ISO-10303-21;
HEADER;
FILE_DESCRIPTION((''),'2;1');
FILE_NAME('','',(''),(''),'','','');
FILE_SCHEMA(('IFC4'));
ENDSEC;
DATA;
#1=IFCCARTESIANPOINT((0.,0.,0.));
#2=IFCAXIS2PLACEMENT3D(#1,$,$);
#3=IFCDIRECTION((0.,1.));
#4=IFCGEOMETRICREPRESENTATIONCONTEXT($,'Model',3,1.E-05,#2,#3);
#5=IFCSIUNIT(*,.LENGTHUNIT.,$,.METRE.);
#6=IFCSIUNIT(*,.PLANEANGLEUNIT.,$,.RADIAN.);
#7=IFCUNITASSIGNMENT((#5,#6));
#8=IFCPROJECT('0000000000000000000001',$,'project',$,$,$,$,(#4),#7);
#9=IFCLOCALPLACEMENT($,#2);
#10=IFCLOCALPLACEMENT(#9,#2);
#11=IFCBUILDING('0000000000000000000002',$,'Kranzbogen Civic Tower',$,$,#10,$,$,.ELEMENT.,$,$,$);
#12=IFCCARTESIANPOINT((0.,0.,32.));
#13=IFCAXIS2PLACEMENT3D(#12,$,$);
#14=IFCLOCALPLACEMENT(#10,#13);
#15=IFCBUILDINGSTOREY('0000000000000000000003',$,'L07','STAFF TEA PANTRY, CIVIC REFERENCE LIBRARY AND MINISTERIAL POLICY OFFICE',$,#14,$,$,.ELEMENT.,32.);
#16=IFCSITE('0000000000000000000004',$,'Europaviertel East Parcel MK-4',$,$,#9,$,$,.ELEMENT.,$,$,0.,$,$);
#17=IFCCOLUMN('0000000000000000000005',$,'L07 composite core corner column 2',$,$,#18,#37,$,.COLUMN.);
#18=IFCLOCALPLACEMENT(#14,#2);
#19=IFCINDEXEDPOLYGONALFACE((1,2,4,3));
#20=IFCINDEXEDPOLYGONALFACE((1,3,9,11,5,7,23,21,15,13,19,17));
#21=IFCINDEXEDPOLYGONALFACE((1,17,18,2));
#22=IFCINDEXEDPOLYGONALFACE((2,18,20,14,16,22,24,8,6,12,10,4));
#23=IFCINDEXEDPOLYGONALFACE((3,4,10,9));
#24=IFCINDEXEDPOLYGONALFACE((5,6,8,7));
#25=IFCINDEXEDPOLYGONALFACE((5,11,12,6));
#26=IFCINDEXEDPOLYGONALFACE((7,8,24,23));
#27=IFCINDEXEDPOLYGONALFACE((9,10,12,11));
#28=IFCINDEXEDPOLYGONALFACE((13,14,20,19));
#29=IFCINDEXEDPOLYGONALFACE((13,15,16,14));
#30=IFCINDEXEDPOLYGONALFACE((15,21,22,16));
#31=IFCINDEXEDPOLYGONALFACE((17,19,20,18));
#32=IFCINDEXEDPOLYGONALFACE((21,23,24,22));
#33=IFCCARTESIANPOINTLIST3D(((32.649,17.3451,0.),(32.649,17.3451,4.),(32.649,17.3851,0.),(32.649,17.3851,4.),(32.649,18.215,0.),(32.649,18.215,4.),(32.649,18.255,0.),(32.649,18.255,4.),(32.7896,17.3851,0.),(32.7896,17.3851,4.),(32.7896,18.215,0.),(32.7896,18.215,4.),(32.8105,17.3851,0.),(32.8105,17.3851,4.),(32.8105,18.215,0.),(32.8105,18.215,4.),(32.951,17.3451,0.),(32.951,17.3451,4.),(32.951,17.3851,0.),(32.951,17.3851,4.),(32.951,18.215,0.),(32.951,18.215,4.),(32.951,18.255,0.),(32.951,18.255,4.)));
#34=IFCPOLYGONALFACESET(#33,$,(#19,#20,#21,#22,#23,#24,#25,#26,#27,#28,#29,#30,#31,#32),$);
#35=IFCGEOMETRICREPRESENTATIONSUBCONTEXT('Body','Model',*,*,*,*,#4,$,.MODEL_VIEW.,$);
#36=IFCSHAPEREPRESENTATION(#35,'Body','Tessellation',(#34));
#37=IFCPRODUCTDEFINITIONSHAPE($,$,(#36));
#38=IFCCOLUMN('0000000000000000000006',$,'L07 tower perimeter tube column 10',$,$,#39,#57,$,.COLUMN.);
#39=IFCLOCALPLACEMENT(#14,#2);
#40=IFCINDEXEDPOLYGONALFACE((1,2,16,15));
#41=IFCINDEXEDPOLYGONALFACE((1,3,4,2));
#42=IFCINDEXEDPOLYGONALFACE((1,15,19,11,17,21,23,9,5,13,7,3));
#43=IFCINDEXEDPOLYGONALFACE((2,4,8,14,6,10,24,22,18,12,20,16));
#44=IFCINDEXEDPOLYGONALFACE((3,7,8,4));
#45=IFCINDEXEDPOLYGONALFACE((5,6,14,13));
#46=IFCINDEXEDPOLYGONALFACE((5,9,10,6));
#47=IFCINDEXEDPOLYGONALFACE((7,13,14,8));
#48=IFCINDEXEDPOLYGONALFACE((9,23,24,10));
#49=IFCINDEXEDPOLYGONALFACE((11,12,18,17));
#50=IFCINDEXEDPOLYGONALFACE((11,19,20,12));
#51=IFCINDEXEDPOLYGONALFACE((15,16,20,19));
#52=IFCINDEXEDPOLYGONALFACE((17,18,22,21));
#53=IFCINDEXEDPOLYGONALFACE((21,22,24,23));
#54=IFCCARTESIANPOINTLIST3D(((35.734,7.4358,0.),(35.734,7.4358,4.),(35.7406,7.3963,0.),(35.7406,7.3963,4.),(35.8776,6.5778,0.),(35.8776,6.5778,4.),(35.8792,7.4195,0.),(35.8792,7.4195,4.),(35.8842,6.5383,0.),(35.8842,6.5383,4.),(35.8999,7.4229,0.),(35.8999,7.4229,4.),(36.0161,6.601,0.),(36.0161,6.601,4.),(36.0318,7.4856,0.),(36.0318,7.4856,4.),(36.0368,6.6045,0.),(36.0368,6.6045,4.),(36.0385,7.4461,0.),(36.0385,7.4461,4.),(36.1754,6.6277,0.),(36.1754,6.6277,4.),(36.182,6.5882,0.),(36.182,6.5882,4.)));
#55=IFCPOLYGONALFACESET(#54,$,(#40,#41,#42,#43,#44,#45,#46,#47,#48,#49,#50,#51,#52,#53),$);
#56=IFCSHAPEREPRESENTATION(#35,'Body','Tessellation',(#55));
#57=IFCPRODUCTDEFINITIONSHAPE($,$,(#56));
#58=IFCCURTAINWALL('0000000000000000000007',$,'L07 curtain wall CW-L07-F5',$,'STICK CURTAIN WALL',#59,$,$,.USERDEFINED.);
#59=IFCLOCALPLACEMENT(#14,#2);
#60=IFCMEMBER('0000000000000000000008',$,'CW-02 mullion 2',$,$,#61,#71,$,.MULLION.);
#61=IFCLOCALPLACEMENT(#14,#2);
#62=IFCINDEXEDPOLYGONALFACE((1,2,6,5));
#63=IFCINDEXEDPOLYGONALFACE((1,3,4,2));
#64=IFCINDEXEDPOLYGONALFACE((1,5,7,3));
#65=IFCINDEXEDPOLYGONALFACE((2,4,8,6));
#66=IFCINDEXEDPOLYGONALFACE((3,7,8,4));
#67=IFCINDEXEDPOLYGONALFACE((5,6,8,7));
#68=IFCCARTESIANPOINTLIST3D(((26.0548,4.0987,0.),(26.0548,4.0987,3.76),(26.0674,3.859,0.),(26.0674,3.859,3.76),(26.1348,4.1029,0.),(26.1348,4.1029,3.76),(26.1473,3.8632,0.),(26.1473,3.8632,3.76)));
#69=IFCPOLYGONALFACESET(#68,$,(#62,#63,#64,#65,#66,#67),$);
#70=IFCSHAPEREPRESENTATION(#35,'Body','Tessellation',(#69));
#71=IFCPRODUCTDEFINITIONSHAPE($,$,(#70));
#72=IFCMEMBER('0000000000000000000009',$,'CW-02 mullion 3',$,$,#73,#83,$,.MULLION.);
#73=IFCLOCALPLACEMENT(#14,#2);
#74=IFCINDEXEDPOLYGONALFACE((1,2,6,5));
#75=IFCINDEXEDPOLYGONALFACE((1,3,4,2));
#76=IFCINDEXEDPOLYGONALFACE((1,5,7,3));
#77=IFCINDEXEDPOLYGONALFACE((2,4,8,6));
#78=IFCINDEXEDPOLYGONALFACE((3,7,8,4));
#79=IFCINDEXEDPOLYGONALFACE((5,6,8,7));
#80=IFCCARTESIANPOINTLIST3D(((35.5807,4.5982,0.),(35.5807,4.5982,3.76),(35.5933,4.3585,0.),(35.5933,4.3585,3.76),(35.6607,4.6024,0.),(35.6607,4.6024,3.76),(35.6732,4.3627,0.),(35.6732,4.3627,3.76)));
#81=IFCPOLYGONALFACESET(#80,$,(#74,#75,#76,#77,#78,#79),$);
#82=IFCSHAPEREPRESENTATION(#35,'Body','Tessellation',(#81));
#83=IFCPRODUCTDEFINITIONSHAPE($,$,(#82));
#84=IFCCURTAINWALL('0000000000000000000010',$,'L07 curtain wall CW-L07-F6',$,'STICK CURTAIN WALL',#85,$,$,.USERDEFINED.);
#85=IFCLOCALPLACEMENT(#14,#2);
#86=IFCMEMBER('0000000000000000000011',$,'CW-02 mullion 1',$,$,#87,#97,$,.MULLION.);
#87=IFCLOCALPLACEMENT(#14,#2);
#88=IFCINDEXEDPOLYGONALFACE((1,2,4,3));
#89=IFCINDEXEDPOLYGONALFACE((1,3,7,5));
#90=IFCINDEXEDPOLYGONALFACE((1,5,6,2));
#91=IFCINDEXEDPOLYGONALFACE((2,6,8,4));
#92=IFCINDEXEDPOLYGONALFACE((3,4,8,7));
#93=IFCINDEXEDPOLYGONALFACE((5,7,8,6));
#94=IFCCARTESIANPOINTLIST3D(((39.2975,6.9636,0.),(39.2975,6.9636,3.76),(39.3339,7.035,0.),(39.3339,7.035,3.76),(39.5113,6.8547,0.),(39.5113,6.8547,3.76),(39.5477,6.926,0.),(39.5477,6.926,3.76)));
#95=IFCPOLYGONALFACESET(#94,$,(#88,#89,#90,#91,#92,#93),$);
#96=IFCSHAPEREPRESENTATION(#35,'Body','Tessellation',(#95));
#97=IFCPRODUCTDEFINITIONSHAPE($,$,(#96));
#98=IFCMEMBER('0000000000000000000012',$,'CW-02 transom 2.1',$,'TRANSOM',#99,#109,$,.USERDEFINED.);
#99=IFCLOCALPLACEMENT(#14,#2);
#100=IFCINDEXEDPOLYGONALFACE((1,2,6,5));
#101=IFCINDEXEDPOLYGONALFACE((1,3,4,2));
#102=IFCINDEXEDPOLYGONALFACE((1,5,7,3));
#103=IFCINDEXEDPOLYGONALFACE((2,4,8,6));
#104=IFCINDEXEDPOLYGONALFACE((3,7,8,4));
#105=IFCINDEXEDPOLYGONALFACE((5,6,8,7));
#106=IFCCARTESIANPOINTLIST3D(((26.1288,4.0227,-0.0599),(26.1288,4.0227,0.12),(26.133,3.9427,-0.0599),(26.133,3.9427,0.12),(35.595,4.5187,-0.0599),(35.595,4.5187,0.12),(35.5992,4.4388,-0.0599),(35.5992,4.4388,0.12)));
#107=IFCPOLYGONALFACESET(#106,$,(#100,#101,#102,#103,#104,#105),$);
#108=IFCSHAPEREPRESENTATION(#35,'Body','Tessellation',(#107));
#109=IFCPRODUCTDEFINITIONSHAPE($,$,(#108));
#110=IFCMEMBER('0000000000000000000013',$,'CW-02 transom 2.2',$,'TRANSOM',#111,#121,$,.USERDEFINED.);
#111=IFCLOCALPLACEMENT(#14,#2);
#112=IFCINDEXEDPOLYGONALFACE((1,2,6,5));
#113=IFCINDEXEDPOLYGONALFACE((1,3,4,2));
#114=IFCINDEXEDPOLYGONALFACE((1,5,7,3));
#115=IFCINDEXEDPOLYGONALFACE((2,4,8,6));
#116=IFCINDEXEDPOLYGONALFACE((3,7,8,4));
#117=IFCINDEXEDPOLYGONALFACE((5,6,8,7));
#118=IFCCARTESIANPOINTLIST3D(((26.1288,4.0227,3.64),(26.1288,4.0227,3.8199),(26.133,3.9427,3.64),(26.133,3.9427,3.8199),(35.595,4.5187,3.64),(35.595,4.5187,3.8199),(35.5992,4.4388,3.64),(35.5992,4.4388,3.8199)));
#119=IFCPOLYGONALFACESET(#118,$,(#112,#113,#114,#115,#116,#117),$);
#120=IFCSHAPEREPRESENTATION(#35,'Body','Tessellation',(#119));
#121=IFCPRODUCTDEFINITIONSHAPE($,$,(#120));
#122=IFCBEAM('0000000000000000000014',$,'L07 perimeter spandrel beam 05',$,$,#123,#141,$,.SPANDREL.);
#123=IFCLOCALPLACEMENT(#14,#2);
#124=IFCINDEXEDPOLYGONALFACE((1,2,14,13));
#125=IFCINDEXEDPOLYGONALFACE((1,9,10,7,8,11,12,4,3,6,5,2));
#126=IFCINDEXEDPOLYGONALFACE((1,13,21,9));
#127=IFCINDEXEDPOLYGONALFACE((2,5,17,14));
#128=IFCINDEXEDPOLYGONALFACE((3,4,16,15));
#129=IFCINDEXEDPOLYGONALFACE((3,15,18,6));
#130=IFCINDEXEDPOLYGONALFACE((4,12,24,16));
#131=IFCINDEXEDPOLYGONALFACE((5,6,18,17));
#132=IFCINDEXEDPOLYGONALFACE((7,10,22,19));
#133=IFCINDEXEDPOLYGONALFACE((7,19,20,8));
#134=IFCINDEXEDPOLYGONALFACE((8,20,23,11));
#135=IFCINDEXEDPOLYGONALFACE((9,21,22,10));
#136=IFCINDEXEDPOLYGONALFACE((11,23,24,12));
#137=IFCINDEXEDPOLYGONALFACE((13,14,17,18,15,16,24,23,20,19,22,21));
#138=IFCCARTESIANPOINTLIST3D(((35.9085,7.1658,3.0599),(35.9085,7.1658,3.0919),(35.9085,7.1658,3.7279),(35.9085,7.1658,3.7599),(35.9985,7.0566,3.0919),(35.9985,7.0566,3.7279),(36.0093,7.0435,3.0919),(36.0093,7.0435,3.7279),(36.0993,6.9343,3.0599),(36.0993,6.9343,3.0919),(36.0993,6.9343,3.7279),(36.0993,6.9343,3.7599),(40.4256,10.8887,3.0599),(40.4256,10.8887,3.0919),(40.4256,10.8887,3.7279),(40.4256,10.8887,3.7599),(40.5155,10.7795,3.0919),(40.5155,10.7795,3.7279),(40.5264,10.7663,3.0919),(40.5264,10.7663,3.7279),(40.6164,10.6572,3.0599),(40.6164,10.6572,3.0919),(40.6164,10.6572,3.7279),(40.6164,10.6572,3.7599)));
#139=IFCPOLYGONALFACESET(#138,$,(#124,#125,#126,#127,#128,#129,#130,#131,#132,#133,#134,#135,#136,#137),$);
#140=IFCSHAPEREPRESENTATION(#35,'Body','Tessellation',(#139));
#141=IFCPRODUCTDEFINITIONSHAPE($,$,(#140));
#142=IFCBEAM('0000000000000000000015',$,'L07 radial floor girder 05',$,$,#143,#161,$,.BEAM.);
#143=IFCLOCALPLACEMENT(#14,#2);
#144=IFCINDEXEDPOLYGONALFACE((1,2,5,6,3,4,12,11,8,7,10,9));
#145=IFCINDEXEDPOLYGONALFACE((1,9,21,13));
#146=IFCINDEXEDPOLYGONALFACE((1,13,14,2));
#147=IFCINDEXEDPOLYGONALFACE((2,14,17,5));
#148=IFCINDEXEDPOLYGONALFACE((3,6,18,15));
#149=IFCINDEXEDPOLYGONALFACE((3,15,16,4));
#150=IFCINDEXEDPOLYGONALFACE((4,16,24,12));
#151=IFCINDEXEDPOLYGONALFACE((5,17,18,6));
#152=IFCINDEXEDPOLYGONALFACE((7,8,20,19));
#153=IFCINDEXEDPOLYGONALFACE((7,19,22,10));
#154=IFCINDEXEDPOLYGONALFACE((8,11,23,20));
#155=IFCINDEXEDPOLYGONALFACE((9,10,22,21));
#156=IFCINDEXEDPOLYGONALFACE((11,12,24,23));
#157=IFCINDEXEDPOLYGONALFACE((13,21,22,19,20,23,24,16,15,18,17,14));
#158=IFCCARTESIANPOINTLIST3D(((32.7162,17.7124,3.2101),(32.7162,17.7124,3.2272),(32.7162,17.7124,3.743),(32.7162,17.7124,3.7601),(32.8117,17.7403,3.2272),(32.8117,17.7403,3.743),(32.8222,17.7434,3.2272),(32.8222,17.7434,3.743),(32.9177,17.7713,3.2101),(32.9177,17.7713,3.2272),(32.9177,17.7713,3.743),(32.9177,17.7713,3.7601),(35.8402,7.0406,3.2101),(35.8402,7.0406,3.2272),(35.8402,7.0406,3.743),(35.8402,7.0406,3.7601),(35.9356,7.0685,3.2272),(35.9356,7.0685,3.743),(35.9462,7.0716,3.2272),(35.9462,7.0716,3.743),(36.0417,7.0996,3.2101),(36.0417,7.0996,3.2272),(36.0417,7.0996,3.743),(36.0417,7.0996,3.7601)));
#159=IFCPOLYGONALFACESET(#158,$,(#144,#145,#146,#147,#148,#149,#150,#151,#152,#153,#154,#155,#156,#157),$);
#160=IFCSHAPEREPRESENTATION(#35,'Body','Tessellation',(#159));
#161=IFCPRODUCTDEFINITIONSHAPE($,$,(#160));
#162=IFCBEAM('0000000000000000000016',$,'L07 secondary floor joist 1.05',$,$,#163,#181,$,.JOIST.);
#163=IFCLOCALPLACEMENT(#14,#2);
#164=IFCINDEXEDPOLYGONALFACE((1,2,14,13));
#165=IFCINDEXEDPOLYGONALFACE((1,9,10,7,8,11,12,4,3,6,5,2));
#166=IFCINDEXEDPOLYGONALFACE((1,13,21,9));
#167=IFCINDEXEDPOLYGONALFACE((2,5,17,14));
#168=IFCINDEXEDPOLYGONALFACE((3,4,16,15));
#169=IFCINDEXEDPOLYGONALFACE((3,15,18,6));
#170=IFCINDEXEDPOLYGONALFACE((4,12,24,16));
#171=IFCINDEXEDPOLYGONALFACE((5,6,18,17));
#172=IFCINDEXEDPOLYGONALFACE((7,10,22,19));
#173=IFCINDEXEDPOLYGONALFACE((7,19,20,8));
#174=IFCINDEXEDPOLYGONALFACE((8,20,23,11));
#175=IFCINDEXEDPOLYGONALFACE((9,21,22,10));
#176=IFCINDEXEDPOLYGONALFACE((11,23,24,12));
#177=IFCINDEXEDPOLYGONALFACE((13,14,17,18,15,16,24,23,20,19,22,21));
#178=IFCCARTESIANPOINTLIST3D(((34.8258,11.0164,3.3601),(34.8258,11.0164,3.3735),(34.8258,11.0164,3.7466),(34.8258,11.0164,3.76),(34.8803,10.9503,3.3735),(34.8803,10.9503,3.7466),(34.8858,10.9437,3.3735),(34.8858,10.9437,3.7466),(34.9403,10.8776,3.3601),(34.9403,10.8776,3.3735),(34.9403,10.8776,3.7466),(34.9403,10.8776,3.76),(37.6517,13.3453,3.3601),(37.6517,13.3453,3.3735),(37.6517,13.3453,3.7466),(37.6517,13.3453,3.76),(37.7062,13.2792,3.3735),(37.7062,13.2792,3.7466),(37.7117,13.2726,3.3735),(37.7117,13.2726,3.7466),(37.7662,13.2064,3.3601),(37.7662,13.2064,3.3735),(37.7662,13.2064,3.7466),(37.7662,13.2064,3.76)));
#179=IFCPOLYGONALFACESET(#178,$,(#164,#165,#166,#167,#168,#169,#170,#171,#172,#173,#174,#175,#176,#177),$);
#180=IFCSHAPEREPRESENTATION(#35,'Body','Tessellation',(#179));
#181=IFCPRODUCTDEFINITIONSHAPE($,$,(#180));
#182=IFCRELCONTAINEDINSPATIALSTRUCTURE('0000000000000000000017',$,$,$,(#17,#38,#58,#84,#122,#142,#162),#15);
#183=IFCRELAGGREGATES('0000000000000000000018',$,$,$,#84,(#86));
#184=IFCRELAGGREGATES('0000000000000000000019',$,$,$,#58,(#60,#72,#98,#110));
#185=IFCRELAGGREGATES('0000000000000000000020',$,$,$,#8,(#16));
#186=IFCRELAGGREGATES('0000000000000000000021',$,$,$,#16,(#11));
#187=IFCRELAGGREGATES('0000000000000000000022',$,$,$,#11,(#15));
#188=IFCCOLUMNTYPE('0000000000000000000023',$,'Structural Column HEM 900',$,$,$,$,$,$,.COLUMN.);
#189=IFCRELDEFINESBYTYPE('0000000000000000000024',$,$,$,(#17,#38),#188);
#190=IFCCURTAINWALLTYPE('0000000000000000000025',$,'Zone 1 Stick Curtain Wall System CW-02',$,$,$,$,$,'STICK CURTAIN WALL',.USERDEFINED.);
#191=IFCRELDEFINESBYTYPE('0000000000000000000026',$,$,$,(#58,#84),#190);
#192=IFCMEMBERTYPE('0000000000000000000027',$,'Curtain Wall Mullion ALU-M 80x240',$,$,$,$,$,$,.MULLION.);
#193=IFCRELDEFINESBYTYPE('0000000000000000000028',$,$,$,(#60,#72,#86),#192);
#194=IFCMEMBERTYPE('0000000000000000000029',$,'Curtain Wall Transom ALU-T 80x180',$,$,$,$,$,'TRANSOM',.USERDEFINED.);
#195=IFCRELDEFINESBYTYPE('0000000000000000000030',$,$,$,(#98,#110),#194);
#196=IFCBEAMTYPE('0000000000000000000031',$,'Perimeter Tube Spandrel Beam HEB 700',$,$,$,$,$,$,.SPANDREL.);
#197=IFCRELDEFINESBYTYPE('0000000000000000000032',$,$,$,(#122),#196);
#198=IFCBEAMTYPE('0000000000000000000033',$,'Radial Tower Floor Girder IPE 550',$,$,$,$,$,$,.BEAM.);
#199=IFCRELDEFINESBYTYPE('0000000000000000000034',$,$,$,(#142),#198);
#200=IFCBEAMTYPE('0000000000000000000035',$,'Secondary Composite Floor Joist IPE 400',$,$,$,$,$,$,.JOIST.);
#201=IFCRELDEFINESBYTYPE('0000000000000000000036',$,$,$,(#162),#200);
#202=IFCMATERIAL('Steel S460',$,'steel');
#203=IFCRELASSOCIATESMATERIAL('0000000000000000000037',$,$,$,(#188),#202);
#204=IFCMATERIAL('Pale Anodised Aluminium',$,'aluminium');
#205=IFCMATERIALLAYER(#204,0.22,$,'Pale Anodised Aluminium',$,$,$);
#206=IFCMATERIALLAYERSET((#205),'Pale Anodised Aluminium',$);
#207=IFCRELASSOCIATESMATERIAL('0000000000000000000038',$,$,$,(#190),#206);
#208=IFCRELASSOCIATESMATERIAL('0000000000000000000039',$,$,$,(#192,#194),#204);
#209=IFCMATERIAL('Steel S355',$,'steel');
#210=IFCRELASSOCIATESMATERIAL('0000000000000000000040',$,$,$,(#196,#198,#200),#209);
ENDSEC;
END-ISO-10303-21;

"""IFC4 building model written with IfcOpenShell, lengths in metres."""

from ifc_helpers import new_model, si_unit, direction, frame, origin, origin_2d, place, context, subcontext, project, spatial, rectangle, i_section, extrude, material, layer, layer_set, material_profile, profile_set, type_object, element, aggregate, save


model = new_model("IFC4")

# Units and contexts
model_context = context("Model", 3, precision=1e-05, world=origin(), true_north=direction((0.0, 1.0)))
body_context = subcontext(model_context, "Body", "Model", "MODEL_VIEW")
ifc_project = project(units=[si_unit("LENGTHUNIT", "METRE"), si_unit("PLANEANGLEUNIT", "RADIAN")], contexts=[model_context])

# Site, building, storey
site_placement = place(None, origin())
site = spatial("IfcSite", under=ifc_project, at=site_placement, Name="Europaviertel East Parcel MK-4", CompositionType="ELEMENT", RefElevation=0.0)
building_placement = place(site_placement, origin())
building = spatial("IfcBuilding", under=site, at=building_placement, Name="Kranzbogen Civic Tower", CompositionType="ELEMENT")
storey_placement = place(building_placement, frame((0.0, 0.0, 32.0)))
storey = spatial("IfcBuildingStorey", under=building, at=storey_placement, Name="L07", Description="STAFF TEA PANTRY, CIVIC REFERENCE LIBRARY AND MINISTERIAL POLICY OFFICE", CompositionType="ELEMENT", Elevation=32.0)

# Columns
ifc_material_1 = material(Name="Steel S460", Category="steel")
ifc_material_profile_1 = material_profile(ifc_material_1, i_section(OverallWidth=0.302, OverallDepth=0.9099, WebThickness=0.021, FlangeThickness=0.04, at=origin_2d()), Name="HEM 900")
ifc_profile_set_1 = profile_set([ifc_material_profile_1], Name="Steel S460")
column_type = type_object("IfcColumnType", Name="Structural Column HEM 900", PredefinedType="COLUMN", material=ifc_profile_set_1)
for number, where, z_axis, x_axis, name in (
    (1, (32.8, 17.8, 0.0), (0.0, 0.0, 1.0), (1.0, 0.0, 0.0), "L07 composite core corner column 2"),
    (2, (35.958, 7.012, 0.0), (0.0, 0.0, 1.0), (0.986286, 0.165048, 0.0), "L07 tower perimeter tube column 10"),
):
    element("IfcColumn", number, at=place(storey_placement, frame(where, z_axis=z_axis, x_axis=x_axis)), inside=storey, type_object=column_type, Name=name, PredefinedType="COLUMN", context=body_context, shape_type="SweptSolid", body=[
        extrude(i_section(OverallWidth=0.302, OverallDepth=0.9099, WebThickness=0.021, FlangeThickness=0.04, at=origin_2d()), origin(), (0.0, 0.0, 1.0), 4.0),
    ])

# Curtain wall, members
ifc_material_2 = material(Name="Pale Anodised Aluminium", Category="aluminium")
ifc_layer_1 = layer(ifc_material_2, 0.22, Name="Pale Anodised Aluminium")
ifc_layer_set_1 = layer_set([ifc_layer_1], Name="Pale Anodised Aluminium")
curtain_wall_type = type_object("IfcCurtainWallType", Name="Zone 1 Stick Curtain Wall System CW-02", ElementType="STICK CURTAIN WALL", PredefinedType="USERDEFINED", material=ifc_layer_set_1)
curtain_wall_1_placement = place(storey_placement, origin())
curtain_wall_1 = element("IfcCurtainWall", 3, at=curtain_wall_1_placement, inside=storey, type_object=curtain_wall_type, Name="L07 curtain wall CW-L07-F5", ObjectType="STICK CURTAIN WALL", PredefinedType="USERDEFINED")
ifc_material_profile_2 = material_profile(ifc_material_2, rectangle(XDim=0.0801, YDim=0.24, at=origin_2d()), Name="ALU-M 80x240")
ifc_profile_set_2 = profile_set([ifc_material_profile_2], Name="Pale Anodised Aluminium")
member_type_1 = type_object("IfcMemberType", Name="Curtain Wall Mullion ALU-M 80x240", PredefinedType="MULLION", material=ifc_profile_set_2)
member_1_placement = place(storey_placement, frame((26.1011, 3.981, 0.0), z_axis=(0.0, 0.0, 1.0), x_axis=(0.998628, 0.052356, 0.0)))
member_1 = element("IfcMember", 4, at=member_1_placement, type_object=member_type_1, Name="CW-02 mullion 2", PredefinedType="MULLION", context=body_context, shape_type="SweptSolid", body=[
    extrude(rectangle(XDim=0.0801, YDim=0.24, at=origin_2d()), origin(), (0.0, 0.0, 1.0), 3.76),
])
member_2_placement = place(storey_placement, frame((35.627, 4.4805, 0.0), z_axis=(0.0, 0.0, 1.0), x_axis=(0.998628, 0.052356, 0.0)))
member_2 = element("IfcMember", 5, at=member_2_placement, type_object=member_type_1, Name="CW-02 mullion 3", PredefinedType="MULLION", context=body_context, shape_type="SweptSolid", body=[
    extrude(rectangle(XDim=0.0801, YDim=0.24, at=origin_2d()), origin(), (0.0, 0.0, 1.0), 3.76),
])

# Curtain wall, member
curtain_wall_2_placement = place(storey_placement, origin())
curtain_wall_2 = element("IfcCurtainWall", 6, at=curtain_wall_2_placement, inside=storey, type_object=curtain_wall_type, Name="L07 curtain wall CW-L07-F6", ObjectType="STICK CURTAIN WALL", PredefinedType="USERDEFINED")
member_3_placement = place(storey_placement, frame((39.4226, 6.9448, 0.0), z_axis=(0.0, 0.0, 1.0), x_axis=(0.453993, 0.891005, 0.0)))
member_3 = element("IfcMember", 7, at=member_3_placement, type_object=member_type_1, Name="CW-02 mullion 1", PredefinedType="MULLION", context=body_context, shape_type="SweptSolid", body=[
    extrude(rectangle(XDim=0.0801, YDim=0.24, at=origin_2d()), origin(), (0.0, 0.0, 1.0), 3.76),
])
aggregate(curtain_wall_2, [member_3])

# Members
ifc_material_profile_3 = material_profile(ifc_material_2, rectangle(XDim=0.0801, YDim=0.1799, at=origin_2d()), Name="ALU-T 80x180")
ifc_profile_set_3 = profile_set([ifc_material_profile_3], Name="Pale Anodised Aluminium")
member_type_2 = type_object("IfcMemberType", Name="Curtain Wall Transom ALU-T 80x180", ElementType="TRANSOM", PredefinedType="USERDEFINED", material=ifc_profile_set_3)
member_4_placement = place(storey_placement, frame((26.1309, 3.9827, 0.03), z_axis=(0.99863, 0.052334, 0.0), x_axis=(-0.052334, 0.99863, 0.0)))
member_4 = element("IfcMember", 8, at=member_4_placement, type_object=member_type_2, Name="CW-02 transom 2.1", ObjectType="TRANSOM", PredefinedType="USERDEFINED", context=body_context, shape_type="SweptSolid", body=[
    extrude(rectangle(XDim=0.0801, YDim=0.1799, at=origin_2d()), origin(), (0.0, 0.0, 1.0), 9.4792),
])
member_5_placement = place(storey_placement, frame((26.1309, 3.9827, 3.73), z_axis=(0.99863, 0.052334, 0.0), x_axis=(-0.052334, 0.99863, 0.0)))
member_5 = element("IfcMember", 9, at=member_5_placement, type_object=member_type_2, Name="CW-02 transom 2.2", ObjectType="TRANSOM", PredefinedType="USERDEFINED", context=body_context, shape_type="SweptSolid", body=[
    extrude(rectangle(XDim=0.0801, YDim=0.1799, at=origin_2d()), origin(), (0.0, 0.0, 1.0), 9.4792),
])

# Beams
ifc_material_3 = material(Name="Steel S355", Category="steel")
ifc_material_profile_4 = material_profile(ifc_material_3, i_section(OverallWidth=0.3, OverallDepth=0.7, WebThickness=0.0171, FlangeThickness=0.032, at=origin_2d()), Name="HEB 700")
ifc_profile_set_4 = profile_set([ifc_material_profile_4], Name="Steel S355")
beam_type_1 = type_object("IfcBeamType", Name="Perimeter Tube Spandrel Beam HEB 700", PredefinedType="SPANDREL", material=ifc_profile_set_4)
beam_1_placement = place(storey_placement, frame((36.0039, 7.05, 3.4099), z_axis=(0.771683, 0.636007, 0.0), x_axis=(-0.636007, 0.771683, 0.0)))
element("IfcBeam", 10, at=beam_1_placement, inside=storey, type_object=beam_type_1, Name="L07 perimeter spandrel beam 05", PredefinedType="SPANDREL", context=body_context, shape_type="SweptSolid", body=[
    extrude(i_section(OverallWidth=0.3, OverallDepth=0.7, WebThickness=0.0171, FlangeThickness=0.032, at=origin_2d()), origin(), (0.0, 0.0, 1.0), 5.8535),
])
ifc_material_profile_5 = material_profile(ifc_material_3, i_section(OverallWidth=0.21, OverallDepth=0.55, WebThickness=0.011, FlangeThickness=0.0171, at=origin_2d()), Name="IPE 550")
ifc_profile_set_5 = profile_set([ifc_material_profile_5], Name="Steel S355")
beam_type_2 = type_object("IfcBeamType", Name="Radial Tower Floor Girder IPE 550", PredefinedType="BEAM", material=ifc_profile_set_5)
beam_2_placement = place(storey_placement, frame((35.9409, 7.0701, 3.4851), z_axis=(-0.280944, 0.959724, 0.0), x_axis=(-0.959724, -0.280944, 0.0)))
element("IfcBeam", 11, at=beam_2_placement, inside=storey, type_object=beam_type_2, Name="L07 radial floor girder 05", PredefinedType="BEAM", context=body_context, shape_type="SweptSolid", body=[
    extrude(i_section(OverallWidth=0.21, OverallDepth=0.55, WebThickness=0.011, FlangeThickness=0.0171, at=origin_2d()), origin(), (0.0, 0.0, 1.0), 11.1196),
])
ifc_material_profile_6 = material_profile(ifc_material_3, i_section(OverallWidth=0.1799, OverallDepth=0.3999, WebThickness=0.0085, FlangeThickness=0.0134, at=origin_2d()), Name="IPE 400")
ifc_profile_set_6 = profile_set([ifc_material_profile_6], Name="Steel S355")
beam_type_3 = type_object("IfcBeamType", Name="Secondary Composite Floor Joist IPE 400", PredefinedType="JOIST", material=ifc_profile_set_6)
beam_3_placement = place(storey_placement, frame((34.8831, 10.947, 3.5601), z_axis=(0.771713, 0.635971, 0.0), x_axis=(-0.635971, 0.771713, 0.0)))
element("IfcBeam", 12, at=beam_3_placement, inside=storey, type_object=beam_type_3, Name="L07 secondary floor joist 1.05", PredefinedType="JOIST", context=body_context, shape_type="SweptSolid", body=[
    extrude(i_section(OverallWidth=0.1799, OverallDepth=0.3999, WebThickness=0.0085, FlangeThickness=0.0134, at=origin_2d()), origin(), (0.0, 0.0, 1.0), 3.6619),
])

aggregate(curtain_wall_1, [member_1, member_2, member_4, member_5])

save(model, "model.ifc")
